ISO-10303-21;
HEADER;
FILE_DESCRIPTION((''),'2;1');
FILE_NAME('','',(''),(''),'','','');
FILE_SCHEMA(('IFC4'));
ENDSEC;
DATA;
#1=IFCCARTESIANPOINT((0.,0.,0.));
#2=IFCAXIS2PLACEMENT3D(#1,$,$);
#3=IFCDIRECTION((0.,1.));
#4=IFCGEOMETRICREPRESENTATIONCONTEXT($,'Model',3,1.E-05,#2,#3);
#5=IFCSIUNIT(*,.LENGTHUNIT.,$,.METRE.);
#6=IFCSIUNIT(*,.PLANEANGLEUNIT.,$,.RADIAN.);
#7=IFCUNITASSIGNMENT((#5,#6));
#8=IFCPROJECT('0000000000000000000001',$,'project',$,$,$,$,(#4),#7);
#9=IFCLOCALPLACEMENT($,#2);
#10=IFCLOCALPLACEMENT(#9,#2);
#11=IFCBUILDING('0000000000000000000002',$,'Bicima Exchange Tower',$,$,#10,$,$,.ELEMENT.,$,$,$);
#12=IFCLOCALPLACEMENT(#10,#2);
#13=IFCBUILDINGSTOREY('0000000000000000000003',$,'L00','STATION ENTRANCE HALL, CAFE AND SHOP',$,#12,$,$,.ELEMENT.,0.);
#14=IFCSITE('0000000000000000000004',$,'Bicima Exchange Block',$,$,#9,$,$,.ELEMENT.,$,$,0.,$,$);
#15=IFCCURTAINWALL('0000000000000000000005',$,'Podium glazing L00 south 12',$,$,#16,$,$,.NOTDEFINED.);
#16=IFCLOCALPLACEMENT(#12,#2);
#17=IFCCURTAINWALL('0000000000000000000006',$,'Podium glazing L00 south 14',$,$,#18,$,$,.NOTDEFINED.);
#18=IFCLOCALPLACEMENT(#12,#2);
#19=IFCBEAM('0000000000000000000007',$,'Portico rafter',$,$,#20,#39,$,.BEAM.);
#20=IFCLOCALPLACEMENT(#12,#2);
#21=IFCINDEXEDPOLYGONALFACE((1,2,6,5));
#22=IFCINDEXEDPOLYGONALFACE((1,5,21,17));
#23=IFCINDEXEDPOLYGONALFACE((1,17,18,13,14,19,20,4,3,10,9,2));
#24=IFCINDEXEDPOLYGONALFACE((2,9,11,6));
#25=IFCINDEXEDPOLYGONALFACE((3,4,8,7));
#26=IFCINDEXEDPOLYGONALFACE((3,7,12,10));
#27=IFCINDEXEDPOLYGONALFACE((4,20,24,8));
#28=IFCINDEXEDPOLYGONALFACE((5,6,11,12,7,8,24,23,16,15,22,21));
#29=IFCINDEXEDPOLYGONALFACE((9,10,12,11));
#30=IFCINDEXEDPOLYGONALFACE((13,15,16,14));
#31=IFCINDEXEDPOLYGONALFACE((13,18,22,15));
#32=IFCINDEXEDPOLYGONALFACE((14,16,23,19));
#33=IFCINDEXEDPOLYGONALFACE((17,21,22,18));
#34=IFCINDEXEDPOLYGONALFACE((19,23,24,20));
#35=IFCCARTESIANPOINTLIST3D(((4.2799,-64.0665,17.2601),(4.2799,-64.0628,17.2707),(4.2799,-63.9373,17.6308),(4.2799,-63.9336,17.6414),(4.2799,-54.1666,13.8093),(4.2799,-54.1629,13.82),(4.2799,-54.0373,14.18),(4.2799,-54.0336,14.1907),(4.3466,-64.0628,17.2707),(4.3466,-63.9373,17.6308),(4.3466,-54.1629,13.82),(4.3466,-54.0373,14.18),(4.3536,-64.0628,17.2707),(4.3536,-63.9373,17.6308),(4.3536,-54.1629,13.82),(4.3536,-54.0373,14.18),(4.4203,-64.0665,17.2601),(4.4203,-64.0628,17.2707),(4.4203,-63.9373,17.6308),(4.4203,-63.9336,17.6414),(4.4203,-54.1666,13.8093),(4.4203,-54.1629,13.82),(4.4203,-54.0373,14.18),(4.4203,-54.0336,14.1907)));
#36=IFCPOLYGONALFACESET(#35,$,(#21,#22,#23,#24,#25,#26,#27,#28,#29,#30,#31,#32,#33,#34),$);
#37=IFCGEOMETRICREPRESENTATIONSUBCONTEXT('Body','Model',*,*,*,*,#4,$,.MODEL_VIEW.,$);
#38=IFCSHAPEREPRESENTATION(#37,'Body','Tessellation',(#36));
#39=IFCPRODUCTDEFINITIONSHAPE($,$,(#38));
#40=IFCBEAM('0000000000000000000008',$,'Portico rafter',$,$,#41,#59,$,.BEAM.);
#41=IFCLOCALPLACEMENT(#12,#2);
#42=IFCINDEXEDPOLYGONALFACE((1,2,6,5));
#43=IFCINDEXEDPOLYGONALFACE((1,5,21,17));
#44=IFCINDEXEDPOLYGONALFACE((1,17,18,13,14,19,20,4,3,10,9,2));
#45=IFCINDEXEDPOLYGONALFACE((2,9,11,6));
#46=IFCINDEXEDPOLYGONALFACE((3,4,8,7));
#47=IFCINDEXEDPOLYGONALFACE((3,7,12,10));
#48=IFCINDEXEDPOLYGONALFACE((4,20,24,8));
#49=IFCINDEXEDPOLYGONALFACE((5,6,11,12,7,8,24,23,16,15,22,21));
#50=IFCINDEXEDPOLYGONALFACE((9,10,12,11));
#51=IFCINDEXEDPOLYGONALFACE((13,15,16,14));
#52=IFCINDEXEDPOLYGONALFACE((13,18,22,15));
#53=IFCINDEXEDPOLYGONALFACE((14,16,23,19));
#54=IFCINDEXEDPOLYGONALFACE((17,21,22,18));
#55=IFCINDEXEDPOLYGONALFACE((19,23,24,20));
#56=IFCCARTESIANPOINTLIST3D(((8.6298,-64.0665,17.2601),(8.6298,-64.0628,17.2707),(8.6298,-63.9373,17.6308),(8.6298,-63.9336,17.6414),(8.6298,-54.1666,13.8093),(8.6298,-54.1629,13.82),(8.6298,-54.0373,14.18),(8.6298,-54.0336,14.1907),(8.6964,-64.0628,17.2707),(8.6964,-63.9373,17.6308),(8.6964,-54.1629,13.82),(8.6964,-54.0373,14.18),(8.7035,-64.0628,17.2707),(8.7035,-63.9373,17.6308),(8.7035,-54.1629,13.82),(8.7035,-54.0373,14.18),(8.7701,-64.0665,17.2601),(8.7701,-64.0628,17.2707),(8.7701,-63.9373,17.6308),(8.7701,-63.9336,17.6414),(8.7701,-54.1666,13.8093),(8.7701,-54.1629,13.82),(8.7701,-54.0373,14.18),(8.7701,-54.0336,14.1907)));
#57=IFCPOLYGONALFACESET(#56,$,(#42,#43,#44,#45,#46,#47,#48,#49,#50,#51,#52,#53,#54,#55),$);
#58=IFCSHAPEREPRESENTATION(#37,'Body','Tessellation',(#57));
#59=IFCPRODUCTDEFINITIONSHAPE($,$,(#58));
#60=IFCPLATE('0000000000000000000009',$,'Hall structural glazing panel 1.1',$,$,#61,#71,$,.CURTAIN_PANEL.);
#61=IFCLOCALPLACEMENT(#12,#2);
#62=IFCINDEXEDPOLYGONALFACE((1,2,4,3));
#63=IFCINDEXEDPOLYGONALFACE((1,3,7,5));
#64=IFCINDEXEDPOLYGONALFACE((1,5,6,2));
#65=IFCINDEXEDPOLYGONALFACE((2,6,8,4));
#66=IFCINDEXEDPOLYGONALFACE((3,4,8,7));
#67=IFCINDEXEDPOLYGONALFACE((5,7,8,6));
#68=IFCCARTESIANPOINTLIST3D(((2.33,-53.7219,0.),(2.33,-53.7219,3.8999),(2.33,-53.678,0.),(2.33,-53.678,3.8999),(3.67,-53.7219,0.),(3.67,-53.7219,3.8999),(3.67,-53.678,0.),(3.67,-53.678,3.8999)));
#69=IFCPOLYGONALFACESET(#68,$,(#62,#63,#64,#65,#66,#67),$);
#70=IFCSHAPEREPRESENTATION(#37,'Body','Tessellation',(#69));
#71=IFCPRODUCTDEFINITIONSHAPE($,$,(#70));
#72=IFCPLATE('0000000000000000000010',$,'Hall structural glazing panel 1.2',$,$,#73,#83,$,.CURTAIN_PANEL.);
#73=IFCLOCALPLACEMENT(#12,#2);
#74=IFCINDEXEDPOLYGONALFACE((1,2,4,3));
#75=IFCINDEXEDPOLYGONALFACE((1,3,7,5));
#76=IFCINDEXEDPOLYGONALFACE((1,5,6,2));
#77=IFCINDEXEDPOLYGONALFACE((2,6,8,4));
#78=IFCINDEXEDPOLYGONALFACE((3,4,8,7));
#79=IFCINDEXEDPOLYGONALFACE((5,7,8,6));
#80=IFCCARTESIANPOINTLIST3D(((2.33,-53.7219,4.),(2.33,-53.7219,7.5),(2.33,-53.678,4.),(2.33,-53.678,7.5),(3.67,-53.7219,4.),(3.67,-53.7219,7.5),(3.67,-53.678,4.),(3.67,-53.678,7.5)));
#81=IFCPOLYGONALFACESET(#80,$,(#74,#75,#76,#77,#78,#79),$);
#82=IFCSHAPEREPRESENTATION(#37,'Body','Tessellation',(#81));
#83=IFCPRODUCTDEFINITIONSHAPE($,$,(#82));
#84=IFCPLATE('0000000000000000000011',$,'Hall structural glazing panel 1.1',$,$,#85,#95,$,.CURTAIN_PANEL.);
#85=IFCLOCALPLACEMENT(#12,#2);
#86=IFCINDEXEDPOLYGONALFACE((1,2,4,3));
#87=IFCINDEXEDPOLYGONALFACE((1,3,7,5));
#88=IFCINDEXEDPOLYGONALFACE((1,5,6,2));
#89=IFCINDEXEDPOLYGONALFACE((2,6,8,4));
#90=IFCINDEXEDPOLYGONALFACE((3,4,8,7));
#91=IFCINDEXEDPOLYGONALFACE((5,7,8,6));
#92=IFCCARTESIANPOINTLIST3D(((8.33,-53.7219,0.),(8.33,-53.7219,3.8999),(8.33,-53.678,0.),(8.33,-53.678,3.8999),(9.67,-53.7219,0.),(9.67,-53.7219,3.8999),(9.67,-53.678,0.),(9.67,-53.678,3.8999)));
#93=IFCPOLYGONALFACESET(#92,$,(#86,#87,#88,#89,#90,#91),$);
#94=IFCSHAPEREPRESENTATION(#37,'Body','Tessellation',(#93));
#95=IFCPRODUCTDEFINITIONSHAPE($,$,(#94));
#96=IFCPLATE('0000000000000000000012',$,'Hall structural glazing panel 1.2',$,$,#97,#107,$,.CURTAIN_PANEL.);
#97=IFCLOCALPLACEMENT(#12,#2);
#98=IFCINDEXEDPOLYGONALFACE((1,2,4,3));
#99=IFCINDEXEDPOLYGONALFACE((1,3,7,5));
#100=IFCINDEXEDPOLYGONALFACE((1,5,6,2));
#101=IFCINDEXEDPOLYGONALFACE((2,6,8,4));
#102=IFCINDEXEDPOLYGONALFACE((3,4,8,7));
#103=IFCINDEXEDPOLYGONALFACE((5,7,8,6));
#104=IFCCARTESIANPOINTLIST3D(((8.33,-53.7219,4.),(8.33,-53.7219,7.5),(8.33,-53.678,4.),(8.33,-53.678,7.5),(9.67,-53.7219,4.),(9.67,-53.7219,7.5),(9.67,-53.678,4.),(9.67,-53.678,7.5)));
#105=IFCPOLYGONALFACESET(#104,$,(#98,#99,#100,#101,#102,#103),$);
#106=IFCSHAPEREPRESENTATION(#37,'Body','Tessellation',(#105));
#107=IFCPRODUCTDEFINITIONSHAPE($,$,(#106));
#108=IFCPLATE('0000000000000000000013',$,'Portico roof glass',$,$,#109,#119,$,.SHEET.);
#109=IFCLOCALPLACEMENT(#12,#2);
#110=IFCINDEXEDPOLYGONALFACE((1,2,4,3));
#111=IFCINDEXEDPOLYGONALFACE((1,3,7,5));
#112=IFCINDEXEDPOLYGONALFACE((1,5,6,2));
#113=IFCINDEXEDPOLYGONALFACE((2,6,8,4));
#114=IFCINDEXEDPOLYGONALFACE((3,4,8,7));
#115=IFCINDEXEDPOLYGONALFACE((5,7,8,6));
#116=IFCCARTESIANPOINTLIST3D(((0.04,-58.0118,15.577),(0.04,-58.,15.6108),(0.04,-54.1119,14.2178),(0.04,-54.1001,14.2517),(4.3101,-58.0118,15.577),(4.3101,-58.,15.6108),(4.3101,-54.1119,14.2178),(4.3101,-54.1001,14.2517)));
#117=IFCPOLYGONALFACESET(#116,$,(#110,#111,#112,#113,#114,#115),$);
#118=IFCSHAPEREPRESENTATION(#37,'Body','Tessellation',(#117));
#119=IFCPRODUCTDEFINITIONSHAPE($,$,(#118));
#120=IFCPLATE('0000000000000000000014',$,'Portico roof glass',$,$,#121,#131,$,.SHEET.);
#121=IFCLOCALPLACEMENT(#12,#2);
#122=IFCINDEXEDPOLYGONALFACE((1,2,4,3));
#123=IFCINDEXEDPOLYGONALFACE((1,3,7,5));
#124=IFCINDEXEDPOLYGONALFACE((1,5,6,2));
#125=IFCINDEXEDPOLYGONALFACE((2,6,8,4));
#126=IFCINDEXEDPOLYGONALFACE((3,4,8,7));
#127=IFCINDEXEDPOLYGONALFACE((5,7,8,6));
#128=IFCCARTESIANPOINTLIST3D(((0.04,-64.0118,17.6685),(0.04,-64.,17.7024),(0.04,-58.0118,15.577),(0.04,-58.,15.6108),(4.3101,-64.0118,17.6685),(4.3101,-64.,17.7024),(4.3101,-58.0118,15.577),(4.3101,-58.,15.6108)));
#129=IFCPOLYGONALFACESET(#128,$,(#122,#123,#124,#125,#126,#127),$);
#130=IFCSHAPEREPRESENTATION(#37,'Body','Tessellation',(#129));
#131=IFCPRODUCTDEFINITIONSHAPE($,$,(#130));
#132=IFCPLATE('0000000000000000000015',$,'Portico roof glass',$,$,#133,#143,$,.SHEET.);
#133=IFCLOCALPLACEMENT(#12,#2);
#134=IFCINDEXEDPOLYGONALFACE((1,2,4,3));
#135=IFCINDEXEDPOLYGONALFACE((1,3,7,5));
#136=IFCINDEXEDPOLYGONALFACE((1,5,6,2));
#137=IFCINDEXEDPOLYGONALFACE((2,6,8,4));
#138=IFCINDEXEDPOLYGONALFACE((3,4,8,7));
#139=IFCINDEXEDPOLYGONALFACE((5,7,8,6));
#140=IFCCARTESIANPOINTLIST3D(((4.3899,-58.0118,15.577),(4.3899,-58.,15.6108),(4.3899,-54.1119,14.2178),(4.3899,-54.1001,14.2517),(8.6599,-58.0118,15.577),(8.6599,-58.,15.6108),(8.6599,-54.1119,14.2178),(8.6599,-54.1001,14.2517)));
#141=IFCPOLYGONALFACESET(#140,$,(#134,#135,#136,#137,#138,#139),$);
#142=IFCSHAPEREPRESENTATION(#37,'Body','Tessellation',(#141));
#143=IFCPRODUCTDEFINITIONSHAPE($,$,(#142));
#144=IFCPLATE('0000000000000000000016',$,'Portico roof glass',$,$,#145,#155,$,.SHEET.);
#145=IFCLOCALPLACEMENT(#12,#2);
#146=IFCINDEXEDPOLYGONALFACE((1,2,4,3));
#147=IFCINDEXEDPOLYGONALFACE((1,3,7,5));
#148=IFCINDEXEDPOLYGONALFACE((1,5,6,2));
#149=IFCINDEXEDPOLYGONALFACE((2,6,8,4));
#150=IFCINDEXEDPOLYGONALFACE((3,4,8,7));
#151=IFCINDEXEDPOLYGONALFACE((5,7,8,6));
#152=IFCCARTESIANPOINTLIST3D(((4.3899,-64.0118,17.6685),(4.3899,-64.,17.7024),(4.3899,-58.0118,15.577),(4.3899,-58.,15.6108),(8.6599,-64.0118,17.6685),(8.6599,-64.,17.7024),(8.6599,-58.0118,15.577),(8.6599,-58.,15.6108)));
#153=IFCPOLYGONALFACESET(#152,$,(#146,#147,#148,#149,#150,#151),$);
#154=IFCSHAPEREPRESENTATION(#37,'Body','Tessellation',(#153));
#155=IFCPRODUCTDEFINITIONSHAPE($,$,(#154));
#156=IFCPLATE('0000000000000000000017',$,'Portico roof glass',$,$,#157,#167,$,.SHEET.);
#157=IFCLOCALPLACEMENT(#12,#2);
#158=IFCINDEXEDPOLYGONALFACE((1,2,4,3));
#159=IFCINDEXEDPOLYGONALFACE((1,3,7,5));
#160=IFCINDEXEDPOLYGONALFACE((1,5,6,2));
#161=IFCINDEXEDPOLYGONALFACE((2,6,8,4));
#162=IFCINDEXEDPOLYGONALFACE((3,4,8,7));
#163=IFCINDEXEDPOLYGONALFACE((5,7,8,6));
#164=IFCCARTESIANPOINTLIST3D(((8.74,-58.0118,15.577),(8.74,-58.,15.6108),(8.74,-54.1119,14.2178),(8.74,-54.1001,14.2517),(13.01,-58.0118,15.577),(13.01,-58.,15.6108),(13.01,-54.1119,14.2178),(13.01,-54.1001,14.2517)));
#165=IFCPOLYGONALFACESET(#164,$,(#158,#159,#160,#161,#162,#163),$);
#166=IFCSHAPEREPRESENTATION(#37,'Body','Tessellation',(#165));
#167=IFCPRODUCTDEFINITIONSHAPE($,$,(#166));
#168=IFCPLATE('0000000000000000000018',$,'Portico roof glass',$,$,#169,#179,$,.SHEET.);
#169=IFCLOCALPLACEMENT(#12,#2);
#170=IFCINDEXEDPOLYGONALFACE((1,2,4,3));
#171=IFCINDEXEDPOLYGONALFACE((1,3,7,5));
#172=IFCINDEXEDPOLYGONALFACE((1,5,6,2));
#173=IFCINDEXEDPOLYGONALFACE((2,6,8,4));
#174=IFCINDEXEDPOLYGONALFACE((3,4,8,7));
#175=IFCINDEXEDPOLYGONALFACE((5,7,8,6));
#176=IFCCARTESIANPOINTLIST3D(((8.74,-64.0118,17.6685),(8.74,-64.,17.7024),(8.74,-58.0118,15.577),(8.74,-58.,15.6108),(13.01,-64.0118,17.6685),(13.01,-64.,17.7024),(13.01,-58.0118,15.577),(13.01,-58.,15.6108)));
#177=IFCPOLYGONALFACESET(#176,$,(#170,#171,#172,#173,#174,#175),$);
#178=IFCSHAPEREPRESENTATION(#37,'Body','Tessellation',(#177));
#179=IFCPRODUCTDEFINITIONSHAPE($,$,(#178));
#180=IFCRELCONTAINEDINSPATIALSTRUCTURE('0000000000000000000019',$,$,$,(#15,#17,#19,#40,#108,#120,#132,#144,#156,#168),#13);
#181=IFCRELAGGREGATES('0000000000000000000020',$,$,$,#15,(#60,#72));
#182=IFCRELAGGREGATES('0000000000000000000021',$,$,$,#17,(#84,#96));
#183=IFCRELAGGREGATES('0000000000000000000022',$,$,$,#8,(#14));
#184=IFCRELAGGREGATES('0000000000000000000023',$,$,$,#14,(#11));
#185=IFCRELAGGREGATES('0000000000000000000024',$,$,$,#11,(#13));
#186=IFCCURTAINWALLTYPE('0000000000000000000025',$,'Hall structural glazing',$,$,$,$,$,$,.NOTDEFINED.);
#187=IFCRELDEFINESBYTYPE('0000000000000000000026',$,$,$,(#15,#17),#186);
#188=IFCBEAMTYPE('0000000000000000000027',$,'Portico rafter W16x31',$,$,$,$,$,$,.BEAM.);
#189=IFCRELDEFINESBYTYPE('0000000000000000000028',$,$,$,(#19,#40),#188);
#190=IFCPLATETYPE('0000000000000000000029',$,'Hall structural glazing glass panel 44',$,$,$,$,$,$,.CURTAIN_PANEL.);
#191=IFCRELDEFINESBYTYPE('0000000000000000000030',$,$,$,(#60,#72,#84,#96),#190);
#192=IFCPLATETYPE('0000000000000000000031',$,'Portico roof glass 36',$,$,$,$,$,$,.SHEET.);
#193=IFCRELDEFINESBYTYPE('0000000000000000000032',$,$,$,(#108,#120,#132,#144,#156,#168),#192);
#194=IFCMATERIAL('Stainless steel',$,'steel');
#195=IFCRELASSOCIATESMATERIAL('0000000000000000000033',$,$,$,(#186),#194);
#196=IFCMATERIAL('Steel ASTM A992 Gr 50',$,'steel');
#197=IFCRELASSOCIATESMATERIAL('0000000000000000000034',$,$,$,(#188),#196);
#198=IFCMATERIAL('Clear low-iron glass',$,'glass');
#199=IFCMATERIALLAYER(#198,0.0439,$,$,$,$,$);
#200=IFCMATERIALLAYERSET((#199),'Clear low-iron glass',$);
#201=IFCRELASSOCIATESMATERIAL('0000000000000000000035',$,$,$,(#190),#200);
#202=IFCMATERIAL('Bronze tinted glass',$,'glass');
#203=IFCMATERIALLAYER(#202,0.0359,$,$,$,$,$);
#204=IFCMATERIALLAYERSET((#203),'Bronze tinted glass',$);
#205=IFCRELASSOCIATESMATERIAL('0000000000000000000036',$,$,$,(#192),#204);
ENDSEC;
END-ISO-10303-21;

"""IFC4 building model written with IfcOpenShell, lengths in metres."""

from ifc_helpers import new_model, si_unit, direction, frame, origin, origin_2d, place, context, subcontext, project, spatial, polyline, rectangle, i_section, outline, extrude, material, layer, layer_set, material_profile, profile_set, type_object, element, aggregate, save


model = new_model("IFC4")

# Units and contexts
model_context = context("Model", 3, precision=1e-05, world=origin(), true_north=direction((0.0, 1.0)))
body_context = subcontext(model_context, "Body", "Model", "MODEL_VIEW")
ifc_project = project(units=[si_unit("LENGTHUNIT", "METRE"), si_unit("PLANEANGLEUNIT", "RADIAN")], contexts=[model_context])

# Site, building, storey
site_placement = place(None, origin())
site = spatial("IfcSite", under=ifc_project, at=site_placement, Name="Bicima Exchange Block", CompositionType="ELEMENT", RefElevation=0.0)
building_placement = place(site_placement, origin())
building = spatial("IfcBuilding", under=site, at=building_placement, Name="Bicima Exchange Tower", CompositionType="ELEMENT")
storey_placement = place(building_placement, origin())
storey = spatial("IfcBuildingStorey", under=building, at=storey_placement, Name="L00", Description="STATION ENTRANCE HALL, CAFE AND SHOP", CompositionType="ELEMENT", Elevation=0.0)

# Curtain walls
ifc_material_1 = material(Name="Stainless steel", Category="steel")
curtain_wall_type = type_object("IfcCurtainWallType", Name="Hall structural glazing", PredefinedType="NOTDEFINED", material=ifc_material_1)
curtain_wall_1_placement = place(storey_placement, origin())
curtain_wall_1 = element("IfcCurtainWall", 1, at=curtain_wall_1_placement, inside=storey, type_object=curtain_wall_type, Name="Podium glazing L00 south 12", PredefinedType="NOTDEFINED")
curtain_wall_2_placement = place(storey_placement, origin())
curtain_wall_2 = element("IfcCurtainWall", 2, at=curtain_wall_2_placement, inside=storey, type_object=curtain_wall_type, Name="Podium glazing L00 south 14", PredefinedType="NOTDEFINED")

# Beams
ifc_material_2 = material(Name="Steel ASTM A992 Gr 50", Category="steel")
ifc_material_profile_1 = material_profile(ifc_material_2, i_section(OverallWidth=0.1404, OverallDepth=0.4038, WebThickness=0.0071, FlangeThickness=0.0112, at=origin_2d()))
ifc_profile_set_1 = profile_set([ifc_material_profile_1], Name="Steel ASTM A992 Gr 50")
beam_type_1 = type_object("IfcBeamType", Name="Portico rafter W16x31", PredefinedType="BEAM", material=ifc_profile_set_1)
for number, where, z_axis, x_axis, name in (
    (3, (4.3501, -54.1001, 14.0), (0.0, -0.944282, 0.329137), (1.0, 0.0, 0.0), "Portico rafter"),
    (4, (8.7, -54.1001, 14.0), (0.0, -0.944282, 0.329137), (1.0, 0.0, 0.0), "Portico rafter"),
):
    element("IfcBeam", number, at=place(storey_placement, frame(where, z_axis=z_axis, x_axis=x_axis)), inside=storey, type_object=beam_type_1, Name=name, PredefinedType="BEAM", context=body_context, shape_type="SweptSolid", body=[
        extrude(i_section(OverallWidth=0.1404, OverallDepth=0.4038, WebThickness=0.0071, FlangeThickness=0.0112, at=origin_2d()), origin(), (0.0, 0.0, 1.0), 10.4841),
    ])

# Plates
ifc_material_3 = material(Name="Clear low-iron glass", Category="glass")
ifc_layer_1 = layer(ifc_material_3, 0.0439)
ifc_layer_set_1 = layer_set([ifc_layer_1], Name="Clear low-iron glass")
plate_type_1 = type_object("IfcPlateType", Name="Hall structural glazing glass panel 44", PredefinedType="CURTAIN_PANEL", material=ifc_layer_set_1)
plate_1_placement = place(storey_placement, frame((3.0, -53.7, 0.0), z_axis=(0.0, 0.0, 1.0), x_axis=(1.0, 0.0, 0.0)))
plate_1 = element("IfcPlate", 5, at=plate_1_placement, type_object=plate_type_1, Name="Hall structural glazing panel 1.1", PredefinedType="CURTAIN_PANEL", context=body_context, shape_type="SweptSolid", body=[
    extrude(rectangle(XDim=1.3401, YDim=0.0439, at=origin_2d()), origin(), (0.0, 0.0, 1.0), 3.8999),
])
plate_2_placement = place(storey_placement, frame((3.0, -53.7, 4.0), z_axis=(0.0, 0.0, 1.0), x_axis=(1.0, 0.0, 0.0)))
plate_2 = element("IfcPlate", 6, at=plate_2_placement, type_object=plate_type_1, Name="Hall structural glazing panel 1.2", PredefinedType="CURTAIN_PANEL", context=body_context, shape_type="SweptSolid", body=[
    extrude(rectangle(XDim=1.3401, YDim=0.0439, at=origin_2d()), origin(), (0.0, 0.0, 1.0), 3.5),
])
aggregate(curtain_wall_1, [plate_1, plate_2])
plate_3_placement = place(storey_placement, frame((9.0, -53.7, 0.0), z_axis=(0.0, 0.0, 1.0), x_axis=(1.0, 0.0, 0.0)))
plate_3 = element("IfcPlate", 7, at=plate_3_placement, type_object=plate_type_1, Name="Hall structural glazing panel 1.1", PredefinedType="CURTAIN_PANEL", context=body_context, shape_type="SweptSolid", body=[
    extrude(rectangle(XDim=1.3401, YDim=0.0439, at=origin_2d()), origin(), (0.0, 0.0, 1.0), 3.8999),
])
plate_4_placement = place(storey_placement, frame((9.0, -53.7, 4.0), z_axis=(0.0, 0.0, 1.0), x_axis=(1.0, 0.0, 0.0)))
plate_4 = element("IfcPlate", 8, at=plate_4_placement, type_object=plate_type_1, Name="Hall structural glazing panel 1.2", PredefinedType="CURTAIN_PANEL", context=body_context, shape_type="SweptSolid", body=[
    extrude(rectangle(XDim=1.3401, YDim=0.0439, at=origin_2d()), origin(), (0.0, 0.0, 1.0), 3.5),
])
aggregate(curtain_wall_2, [plate_3, plate_4])

# Plates
ifc_material_4 = material(Name="Bronze tinted glass", Category="glass")
ifc_layer_2 = layer(ifc_material_4, 0.0359)
ifc_layer_set_2 = layer_set([ifc_layer_2], Name="Bronze tinted glass")
plate_type_2 = type_object("IfcPlateType", Name="Portico roof glass 36", PredefinedType="SHEET", material=ifc_layer_set_2)
plate_5_placement = place(storey_placement, frame((0.04, -54.1001, 14.2517), z_axis=(0.0, 0.329091, 0.944298), x_axis=(1.0, 0.0, 0.0)))
element("IfcPlate", 9, at=plate_5_placement, inside=storey, type_object=plate_type_2, Name="Portico roof glass", PredefinedType="SHEET", context=body_context, shape_type="SweptSolid", body=[
    extrude(outline(polyline([(0.0, 0.0), (4.27, 0.0), (4.27, -4.1299), (0.0, -4.1299), (0.0, 0.0)])), origin(), (0.0, 0.0, -1.0), 0.0359),
])
plate_6_placement = place(storey_placement, frame((0.04, -58.0, 15.6108), z_axis=(0.0, 0.329166, 0.944272), x_axis=(1.0, 0.0, 0.0)))
element("IfcPlate", 10, at=plate_6_placement, inside=storey, type_object=plate_type_2, Name="Portico roof glass", PredefinedType="SHEET", context=body_context, shape_type="SweptSolid", body=[
    extrude(outline(polyline([(0.0, 0.0), (4.27, 0.0), (4.27, -6.3541), (0.0, -6.3541), (0.0, 0.0)])), origin(), (0.0, 0.0, -1.0), 0.0359),
])
plate_7_placement = place(storey_placement, frame((4.3899, -54.1001, 14.2517), z_axis=(0.0, 0.329091, 0.944298), x_axis=(1.0, 0.0, 0.0)))
element("IfcPlate", 11, at=plate_7_placement, inside=storey, type_object=plate_type_2, Name="Portico roof glass", PredefinedType="SHEET", context=body_context, shape_type="SweptSolid", body=[
    extrude(outline(polyline([(0.0, 0.0), (4.27, 0.0), (4.27, -4.1299), (0.0, -4.1299), (0.0, 0.0)])), origin(), (0.0, 0.0, -1.0), 0.0359),
])
plate_8_placement = place(storey_placement, frame((4.3899, -58.0, 15.6108), z_axis=(0.0, 0.329166, 0.944272), x_axis=(1.0, 0.0, 0.0)))
element("IfcPlate", 12, at=plate_8_placement, inside=storey, type_object=plate_type_2, Name="Portico roof glass", PredefinedType="SHEET", context=body_context, shape_type="SweptSolid", body=[
    extrude(outline(polyline([(0.0, 0.0), (4.27, 0.0), (4.27, -6.3541), (0.0, -6.3541), (0.0, 0.0)])), origin(), (0.0, 0.0, -1.0), 0.0359),
])
plate_9_placement = place(storey_placement, frame((8.74, -54.1001, 14.2517), z_axis=(0.0, 0.329091, 0.944298), x_axis=(1.0, 0.0, 0.0)))
element("IfcPlate", 13, at=plate_9_placement, inside=storey, type_object=plate_type_2, Name="Portico roof glass", PredefinedType="SHEET", context=body_context, shape_type="SweptSolid", body=[
    extrude(outline(polyline([(0.0, 0.0), (4.27, 0.0), (4.27, -4.1299), (0.0, -4.1299), (0.0, 0.0)])), origin(), (0.0, 0.0, -1.0), 0.0359),
])
plate_10_placement = place(storey_placement, frame((8.74, -58.0, 15.6108), z_axis=(0.0, 0.329166, 0.944272), x_axis=(1.0, 0.0, 0.0)))
element("IfcPlate", 14, at=plate_10_placement, inside=storey, type_object=plate_type_2, Name="Portico roof glass", PredefinedType="SHEET", context=body_context, shape_type="SweptSolid", body=[
    extrude(outline(polyline([(0.0, 0.0), (4.27, 0.0), (4.27, -6.3541), (0.0, -6.3541), (0.0, 0.0)])), origin(), (0.0, 0.0, -1.0), 0.0359),
])

save(model, "model.ifc")
